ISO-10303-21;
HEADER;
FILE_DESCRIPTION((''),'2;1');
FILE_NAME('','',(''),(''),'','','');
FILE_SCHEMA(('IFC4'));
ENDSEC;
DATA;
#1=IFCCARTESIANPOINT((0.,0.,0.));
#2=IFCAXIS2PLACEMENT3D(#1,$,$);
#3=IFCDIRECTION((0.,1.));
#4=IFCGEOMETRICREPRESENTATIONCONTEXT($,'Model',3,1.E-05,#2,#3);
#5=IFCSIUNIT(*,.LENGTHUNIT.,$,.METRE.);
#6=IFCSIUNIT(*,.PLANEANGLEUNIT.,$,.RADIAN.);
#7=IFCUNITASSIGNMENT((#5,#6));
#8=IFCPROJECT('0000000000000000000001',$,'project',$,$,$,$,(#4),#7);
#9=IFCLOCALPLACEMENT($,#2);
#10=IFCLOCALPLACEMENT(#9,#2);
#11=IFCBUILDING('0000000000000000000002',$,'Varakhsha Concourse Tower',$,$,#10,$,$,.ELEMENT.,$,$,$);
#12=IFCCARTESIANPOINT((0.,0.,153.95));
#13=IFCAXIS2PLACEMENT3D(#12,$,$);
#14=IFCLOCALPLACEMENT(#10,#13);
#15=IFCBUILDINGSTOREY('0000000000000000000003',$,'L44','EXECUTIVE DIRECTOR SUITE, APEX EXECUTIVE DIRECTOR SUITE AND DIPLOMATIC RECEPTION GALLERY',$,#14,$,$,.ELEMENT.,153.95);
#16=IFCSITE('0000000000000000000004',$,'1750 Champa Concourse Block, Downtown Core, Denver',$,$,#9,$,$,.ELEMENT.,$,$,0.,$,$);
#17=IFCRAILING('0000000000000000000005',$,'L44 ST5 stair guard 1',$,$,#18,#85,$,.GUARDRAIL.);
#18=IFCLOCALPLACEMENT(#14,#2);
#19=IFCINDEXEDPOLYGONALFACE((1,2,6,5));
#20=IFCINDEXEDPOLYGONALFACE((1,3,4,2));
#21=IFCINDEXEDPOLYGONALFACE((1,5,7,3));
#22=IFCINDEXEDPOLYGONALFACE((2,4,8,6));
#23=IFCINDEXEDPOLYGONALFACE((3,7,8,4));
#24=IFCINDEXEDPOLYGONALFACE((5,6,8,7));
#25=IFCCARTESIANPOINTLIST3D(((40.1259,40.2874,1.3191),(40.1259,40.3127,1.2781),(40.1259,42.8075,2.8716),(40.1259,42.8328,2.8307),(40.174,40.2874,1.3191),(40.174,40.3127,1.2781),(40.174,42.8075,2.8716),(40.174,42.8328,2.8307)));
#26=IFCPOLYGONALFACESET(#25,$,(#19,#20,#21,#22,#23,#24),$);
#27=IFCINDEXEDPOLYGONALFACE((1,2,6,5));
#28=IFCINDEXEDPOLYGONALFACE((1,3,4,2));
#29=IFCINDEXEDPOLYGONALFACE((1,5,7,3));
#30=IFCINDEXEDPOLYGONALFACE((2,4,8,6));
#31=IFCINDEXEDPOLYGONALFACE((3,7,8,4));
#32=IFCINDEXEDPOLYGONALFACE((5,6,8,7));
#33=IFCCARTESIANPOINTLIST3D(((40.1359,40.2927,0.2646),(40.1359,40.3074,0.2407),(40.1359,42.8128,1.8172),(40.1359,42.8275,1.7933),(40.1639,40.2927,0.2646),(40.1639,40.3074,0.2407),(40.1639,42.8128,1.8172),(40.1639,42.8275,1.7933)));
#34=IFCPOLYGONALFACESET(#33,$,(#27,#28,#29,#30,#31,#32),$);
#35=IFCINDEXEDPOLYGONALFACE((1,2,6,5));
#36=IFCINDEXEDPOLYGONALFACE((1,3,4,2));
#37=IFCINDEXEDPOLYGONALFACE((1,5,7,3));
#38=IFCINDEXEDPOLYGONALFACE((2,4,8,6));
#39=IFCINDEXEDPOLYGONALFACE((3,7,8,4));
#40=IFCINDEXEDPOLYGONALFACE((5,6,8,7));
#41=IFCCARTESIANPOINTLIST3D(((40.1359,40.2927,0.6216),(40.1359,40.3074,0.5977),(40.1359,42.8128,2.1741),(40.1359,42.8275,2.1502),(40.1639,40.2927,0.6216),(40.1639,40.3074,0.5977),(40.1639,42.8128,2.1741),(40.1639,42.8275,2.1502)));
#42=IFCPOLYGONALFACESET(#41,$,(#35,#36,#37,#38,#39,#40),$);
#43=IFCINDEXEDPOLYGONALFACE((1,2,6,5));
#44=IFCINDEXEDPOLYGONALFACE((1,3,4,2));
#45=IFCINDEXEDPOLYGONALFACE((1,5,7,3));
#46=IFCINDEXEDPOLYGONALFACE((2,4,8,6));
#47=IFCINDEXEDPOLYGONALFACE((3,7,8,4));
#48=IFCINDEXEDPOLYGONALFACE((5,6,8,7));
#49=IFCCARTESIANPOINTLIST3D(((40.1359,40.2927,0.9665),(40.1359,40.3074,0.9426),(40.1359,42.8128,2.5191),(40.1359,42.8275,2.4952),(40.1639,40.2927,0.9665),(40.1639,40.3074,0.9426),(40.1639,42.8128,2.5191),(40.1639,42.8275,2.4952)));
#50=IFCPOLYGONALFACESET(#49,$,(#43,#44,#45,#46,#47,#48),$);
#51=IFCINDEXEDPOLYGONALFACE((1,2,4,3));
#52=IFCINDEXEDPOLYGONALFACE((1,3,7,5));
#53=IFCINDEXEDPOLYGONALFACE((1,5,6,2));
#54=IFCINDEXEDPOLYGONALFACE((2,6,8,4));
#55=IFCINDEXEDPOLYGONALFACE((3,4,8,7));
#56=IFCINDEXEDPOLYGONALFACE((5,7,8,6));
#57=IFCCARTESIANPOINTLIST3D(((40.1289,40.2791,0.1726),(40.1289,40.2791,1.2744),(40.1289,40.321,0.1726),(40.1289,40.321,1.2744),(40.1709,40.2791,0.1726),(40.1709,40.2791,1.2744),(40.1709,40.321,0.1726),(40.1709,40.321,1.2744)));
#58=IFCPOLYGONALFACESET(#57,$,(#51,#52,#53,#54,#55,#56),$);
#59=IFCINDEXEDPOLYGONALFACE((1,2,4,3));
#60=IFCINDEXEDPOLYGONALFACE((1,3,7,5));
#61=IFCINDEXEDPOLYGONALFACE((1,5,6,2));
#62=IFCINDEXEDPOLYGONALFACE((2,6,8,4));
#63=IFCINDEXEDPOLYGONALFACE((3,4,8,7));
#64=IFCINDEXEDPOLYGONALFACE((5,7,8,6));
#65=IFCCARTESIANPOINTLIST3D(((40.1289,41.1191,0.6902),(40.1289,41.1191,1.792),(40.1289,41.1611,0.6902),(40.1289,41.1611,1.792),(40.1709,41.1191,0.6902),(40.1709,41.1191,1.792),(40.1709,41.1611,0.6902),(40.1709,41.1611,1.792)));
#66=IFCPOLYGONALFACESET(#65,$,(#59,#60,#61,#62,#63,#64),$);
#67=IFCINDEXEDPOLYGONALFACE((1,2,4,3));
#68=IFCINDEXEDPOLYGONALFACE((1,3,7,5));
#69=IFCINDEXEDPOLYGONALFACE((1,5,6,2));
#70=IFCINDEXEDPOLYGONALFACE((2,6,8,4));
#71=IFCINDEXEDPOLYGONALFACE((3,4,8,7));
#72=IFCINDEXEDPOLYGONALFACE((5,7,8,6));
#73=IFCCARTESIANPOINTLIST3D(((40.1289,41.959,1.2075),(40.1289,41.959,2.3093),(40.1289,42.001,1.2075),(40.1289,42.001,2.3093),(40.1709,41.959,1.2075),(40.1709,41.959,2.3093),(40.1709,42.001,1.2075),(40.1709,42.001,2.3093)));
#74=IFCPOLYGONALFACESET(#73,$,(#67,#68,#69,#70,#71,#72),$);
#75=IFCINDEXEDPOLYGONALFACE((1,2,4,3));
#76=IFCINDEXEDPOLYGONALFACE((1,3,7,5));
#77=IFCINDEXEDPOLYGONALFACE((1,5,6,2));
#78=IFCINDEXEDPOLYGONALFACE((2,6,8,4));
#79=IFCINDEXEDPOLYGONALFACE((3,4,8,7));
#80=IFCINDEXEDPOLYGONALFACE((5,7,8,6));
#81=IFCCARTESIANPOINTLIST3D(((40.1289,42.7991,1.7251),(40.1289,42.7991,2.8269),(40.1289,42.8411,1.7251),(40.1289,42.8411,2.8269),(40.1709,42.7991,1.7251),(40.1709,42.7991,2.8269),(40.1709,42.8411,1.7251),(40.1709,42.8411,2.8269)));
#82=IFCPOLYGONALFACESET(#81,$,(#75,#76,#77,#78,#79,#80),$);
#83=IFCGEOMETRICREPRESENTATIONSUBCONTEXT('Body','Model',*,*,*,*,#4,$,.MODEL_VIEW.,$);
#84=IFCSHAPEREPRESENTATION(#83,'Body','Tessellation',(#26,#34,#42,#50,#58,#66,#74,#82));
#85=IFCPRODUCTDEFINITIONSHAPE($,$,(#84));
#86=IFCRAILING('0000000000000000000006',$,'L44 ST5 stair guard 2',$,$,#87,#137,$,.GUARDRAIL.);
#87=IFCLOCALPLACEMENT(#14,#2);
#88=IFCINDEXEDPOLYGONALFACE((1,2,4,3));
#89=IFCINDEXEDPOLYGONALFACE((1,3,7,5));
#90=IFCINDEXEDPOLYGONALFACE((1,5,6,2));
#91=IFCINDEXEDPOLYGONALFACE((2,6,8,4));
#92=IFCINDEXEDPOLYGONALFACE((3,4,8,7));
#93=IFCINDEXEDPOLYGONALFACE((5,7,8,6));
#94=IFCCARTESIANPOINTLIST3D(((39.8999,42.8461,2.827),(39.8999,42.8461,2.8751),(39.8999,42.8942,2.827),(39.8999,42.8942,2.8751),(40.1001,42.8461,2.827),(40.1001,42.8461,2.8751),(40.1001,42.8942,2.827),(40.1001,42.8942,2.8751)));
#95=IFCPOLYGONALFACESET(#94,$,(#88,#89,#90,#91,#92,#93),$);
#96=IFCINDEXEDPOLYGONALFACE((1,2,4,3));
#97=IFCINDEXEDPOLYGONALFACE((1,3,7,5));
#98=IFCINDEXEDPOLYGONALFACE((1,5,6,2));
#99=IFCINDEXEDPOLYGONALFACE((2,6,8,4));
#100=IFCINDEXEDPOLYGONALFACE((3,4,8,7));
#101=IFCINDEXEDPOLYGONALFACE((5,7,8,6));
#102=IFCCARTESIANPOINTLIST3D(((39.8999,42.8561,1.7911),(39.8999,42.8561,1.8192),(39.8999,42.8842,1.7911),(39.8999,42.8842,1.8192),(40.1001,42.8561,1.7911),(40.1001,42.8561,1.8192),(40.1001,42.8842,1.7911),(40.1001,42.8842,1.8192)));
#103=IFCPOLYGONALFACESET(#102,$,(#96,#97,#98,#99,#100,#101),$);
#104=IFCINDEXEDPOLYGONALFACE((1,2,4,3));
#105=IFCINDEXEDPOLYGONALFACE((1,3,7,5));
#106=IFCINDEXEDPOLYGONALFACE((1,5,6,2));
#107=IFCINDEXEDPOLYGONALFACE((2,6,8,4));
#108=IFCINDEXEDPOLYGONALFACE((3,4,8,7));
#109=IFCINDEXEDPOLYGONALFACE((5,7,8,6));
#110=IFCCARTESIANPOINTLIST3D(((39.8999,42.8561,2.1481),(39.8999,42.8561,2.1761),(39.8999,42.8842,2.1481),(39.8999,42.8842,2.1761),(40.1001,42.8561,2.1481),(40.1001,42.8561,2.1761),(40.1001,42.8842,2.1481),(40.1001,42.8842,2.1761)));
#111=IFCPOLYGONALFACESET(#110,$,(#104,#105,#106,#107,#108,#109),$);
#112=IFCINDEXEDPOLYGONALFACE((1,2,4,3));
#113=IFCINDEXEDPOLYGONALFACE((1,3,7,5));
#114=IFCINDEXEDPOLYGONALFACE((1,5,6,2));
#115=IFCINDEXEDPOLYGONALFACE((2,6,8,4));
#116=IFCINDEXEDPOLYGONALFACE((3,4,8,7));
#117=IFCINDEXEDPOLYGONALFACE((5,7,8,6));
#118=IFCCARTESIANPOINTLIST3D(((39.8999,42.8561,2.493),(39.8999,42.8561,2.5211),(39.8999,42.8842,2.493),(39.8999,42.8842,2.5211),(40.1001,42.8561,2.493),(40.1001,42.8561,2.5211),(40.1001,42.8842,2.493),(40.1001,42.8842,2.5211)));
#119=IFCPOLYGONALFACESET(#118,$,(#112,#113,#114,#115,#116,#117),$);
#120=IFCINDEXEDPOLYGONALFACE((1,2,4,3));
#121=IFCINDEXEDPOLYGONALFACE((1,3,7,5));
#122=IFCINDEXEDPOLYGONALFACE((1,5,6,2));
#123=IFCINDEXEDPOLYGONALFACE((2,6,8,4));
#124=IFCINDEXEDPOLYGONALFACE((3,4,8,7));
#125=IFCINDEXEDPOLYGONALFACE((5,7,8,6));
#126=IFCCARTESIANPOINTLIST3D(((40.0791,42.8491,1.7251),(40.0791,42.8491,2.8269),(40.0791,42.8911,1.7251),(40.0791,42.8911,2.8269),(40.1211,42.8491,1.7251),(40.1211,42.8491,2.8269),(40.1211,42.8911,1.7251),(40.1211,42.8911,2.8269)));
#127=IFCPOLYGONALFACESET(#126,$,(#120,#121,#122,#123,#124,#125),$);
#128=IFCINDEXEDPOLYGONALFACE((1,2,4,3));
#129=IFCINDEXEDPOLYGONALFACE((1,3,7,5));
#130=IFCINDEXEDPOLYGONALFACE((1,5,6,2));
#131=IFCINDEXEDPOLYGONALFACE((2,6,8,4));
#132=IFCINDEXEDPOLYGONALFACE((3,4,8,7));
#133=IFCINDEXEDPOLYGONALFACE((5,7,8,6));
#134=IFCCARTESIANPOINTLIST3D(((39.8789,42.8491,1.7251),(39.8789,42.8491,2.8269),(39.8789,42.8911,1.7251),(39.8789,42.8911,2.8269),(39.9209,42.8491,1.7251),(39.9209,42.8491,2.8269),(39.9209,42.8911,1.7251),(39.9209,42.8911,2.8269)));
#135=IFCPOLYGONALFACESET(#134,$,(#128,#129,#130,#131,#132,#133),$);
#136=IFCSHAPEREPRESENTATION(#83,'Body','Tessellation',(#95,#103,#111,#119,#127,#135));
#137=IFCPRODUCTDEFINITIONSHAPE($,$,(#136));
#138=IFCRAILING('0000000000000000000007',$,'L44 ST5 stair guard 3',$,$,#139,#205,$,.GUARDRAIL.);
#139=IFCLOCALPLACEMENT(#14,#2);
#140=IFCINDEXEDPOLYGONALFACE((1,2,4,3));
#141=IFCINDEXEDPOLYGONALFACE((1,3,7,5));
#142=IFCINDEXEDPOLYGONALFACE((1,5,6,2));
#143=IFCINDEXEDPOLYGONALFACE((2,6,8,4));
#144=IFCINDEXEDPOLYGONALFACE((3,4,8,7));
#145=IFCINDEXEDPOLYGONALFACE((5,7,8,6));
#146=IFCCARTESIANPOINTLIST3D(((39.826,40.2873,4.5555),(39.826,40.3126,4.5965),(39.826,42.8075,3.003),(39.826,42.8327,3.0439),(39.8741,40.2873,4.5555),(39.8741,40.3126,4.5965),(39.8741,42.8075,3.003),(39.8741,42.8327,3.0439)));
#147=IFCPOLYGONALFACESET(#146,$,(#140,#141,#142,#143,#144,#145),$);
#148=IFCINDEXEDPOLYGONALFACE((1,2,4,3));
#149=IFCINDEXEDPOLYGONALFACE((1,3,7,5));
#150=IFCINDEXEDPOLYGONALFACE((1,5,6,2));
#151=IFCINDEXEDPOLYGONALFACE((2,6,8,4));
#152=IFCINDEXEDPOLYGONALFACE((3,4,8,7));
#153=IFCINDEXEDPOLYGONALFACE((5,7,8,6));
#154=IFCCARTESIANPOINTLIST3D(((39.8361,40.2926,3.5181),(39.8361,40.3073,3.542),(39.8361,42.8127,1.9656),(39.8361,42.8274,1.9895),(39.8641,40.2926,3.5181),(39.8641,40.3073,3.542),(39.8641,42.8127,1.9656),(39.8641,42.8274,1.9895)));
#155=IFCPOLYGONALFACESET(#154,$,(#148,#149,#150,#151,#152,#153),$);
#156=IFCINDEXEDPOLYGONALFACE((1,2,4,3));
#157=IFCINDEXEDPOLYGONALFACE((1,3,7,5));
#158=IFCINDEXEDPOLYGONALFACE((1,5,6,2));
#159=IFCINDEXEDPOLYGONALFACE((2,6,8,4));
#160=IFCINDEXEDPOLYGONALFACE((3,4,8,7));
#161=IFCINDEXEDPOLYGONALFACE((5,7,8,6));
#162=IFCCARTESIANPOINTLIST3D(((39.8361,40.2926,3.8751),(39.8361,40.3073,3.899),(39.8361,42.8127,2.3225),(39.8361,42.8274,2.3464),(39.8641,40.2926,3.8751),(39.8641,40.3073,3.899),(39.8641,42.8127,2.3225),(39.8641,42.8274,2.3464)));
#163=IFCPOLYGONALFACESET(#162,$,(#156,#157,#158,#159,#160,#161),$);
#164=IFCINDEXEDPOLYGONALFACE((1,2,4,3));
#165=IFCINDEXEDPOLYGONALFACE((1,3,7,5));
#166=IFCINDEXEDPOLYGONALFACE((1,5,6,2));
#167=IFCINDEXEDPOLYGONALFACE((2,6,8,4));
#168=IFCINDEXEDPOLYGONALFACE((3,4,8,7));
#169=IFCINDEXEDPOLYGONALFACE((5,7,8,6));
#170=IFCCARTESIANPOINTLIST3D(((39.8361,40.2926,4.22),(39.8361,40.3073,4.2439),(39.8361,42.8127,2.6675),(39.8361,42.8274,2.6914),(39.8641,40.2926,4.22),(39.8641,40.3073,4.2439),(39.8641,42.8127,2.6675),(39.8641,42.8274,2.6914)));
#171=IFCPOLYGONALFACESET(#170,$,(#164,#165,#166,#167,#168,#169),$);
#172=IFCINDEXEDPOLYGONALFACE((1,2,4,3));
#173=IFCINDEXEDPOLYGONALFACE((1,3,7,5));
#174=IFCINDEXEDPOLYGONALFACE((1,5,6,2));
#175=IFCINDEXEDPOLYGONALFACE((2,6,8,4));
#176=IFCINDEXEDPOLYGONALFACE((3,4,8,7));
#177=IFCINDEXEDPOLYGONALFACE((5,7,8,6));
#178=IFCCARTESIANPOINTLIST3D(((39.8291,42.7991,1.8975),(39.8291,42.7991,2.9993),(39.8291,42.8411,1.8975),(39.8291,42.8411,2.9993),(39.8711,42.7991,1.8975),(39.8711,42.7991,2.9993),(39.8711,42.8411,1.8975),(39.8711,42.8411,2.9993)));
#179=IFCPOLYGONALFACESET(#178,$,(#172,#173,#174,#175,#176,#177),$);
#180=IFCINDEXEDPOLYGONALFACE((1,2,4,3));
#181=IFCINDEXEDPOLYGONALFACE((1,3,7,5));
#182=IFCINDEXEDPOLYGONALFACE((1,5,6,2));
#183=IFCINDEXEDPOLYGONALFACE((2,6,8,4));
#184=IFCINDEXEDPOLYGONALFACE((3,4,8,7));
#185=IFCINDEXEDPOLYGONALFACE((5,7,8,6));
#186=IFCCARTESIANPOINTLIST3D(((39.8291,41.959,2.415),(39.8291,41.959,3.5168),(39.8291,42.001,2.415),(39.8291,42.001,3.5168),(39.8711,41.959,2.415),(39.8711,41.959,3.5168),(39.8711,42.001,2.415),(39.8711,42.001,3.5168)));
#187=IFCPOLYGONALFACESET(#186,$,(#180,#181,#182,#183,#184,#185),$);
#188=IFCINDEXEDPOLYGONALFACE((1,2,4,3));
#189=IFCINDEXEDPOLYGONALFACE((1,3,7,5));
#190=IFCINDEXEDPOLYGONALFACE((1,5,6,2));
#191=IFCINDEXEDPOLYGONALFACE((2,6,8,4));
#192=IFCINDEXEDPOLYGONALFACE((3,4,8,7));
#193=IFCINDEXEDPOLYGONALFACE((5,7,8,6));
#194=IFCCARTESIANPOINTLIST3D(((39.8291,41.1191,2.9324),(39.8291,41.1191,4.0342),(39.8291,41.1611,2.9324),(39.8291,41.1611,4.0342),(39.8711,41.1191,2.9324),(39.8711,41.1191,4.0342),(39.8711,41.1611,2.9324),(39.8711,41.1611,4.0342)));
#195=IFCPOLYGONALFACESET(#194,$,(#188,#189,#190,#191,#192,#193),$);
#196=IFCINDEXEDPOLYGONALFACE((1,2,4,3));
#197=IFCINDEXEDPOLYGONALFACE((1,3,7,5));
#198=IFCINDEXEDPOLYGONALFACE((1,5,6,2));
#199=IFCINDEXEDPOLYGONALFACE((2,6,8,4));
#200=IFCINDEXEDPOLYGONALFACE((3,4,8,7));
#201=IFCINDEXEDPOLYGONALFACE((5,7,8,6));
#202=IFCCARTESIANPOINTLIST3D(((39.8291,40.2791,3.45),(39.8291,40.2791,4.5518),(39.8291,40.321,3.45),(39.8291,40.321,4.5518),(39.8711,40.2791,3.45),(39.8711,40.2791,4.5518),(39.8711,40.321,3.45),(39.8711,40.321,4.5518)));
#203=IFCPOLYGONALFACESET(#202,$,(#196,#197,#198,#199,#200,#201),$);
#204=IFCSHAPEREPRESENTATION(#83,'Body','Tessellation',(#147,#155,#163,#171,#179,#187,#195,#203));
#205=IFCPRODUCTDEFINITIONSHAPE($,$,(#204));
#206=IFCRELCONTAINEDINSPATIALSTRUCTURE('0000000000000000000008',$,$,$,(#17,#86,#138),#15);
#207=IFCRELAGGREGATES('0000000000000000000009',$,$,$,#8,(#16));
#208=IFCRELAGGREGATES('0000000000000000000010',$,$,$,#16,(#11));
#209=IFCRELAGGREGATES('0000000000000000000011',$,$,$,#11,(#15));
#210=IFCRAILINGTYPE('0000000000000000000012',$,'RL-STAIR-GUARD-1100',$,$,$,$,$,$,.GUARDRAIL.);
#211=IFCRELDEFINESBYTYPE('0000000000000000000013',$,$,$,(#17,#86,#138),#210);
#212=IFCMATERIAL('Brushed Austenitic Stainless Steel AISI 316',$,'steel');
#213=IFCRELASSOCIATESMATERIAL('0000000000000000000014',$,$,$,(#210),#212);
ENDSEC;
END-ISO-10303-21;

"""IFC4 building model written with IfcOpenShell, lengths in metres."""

from ifc_helpers import new_model, si_unit, direction, frame, origin, origin_2d, place, context, subcontext, project, spatial, rectangle, extrude, material, type_object, element, save


model = new_model("IFC4")

# Units and contexts
model_context = context("Model", 3, precision=1e-05, world=origin(), true_north=direction((0.0, 1.0)))
body_context = subcontext(model_context, "Body", "Model", "MODEL_VIEW")
ifc_project = project(units=[si_unit("LENGTHUNIT", "METRE"), si_unit("PLANEANGLEUNIT", "RADIAN")], contexts=[model_context])

# Site, building, storey
site_placement = place(None, origin())
site = spatial("IfcSite", under=ifc_project, at=site_placement, Name="1750 Champa Concourse Block, Downtown Core, Denver", CompositionType="ELEMENT", RefElevation=0.0)
building_placement = place(site_placement, origin())
building = spatial("IfcBuilding", under=site, at=building_placement, Name="Varakhsha Concourse Tower", CompositionType="ELEMENT")
storey_placement = place(building_placement, frame((0.0, 0.0, 153.95)))
storey = spatial("IfcBuildingStorey", under=building, at=storey_placement, Name="L44", Description="EXECUTIVE DIRECTOR SUITE, APEX EXECUTIVE DIRECTOR SUITE AND DIPLOMATIC RECEPTION GALLERY", CompositionType="ELEMENT", Elevation=153.95)

# Railings
ifc_material_1 = material(Name="Brushed Austenitic Stainless Steel AISI 316", Category="steel")
railing_type_1 = type_object("IfcRailingType", Name="RL-STAIR-GUARD-1100", PredefinedType="GUARDRAIL", material=ifc_material_1)
railing_1_placement = place(storey_placement, frame((40.1499, 40.3, 0.1726)))
element("IfcRailing", 1, at=railing_1_placement, inside=storey, type_object=railing_type_1, Name="L44 ST5 stair guard 1", PredefinedType="GUARDRAIL", context=body_context, shape_type="SweptSolid", body=[
    extrude(rectangle(XDim=0.0481, YDim=0.0481, at=origin_2d()), frame((0.0, 0.0, 1.126), z_axis=(0.0, 0.8514, 0.524516), x_axis=(-1.0, 0.0, 0.0)), (0.0, 0.0, 1.0), 2.96),
    extrude(rectangle(XDim=0.0281, YDim=0.0281, at=origin_2d()), frame((0.0, 0.0, 0.0801), z_axis=(0.0, 0.8514, 0.524516), x_axis=(-1.0, 0.0, 0.0)), (0.0, 0.0, 1.0), 2.96),
    extrude(rectangle(XDim=0.0281, YDim=0.0281, at=origin_2d()), frame((0.0, 0.0, 0.437), z_axis=(0.0, 0.8514, 0.524516), x_axis=(-1.0, 0.0, 0.0)), (0.0, 0.0, 1.0), 2.96),
    extrude(rectangle(XDim=0.0281, YDim=0.0281, at=origin_2d()), frame((0.0, 0.0, 0.782), z_axis=(0.0, 0.8514, 0.524516), x_axis=(-1.0, 0.0, 0.0)), (0.0, 0.0, 1.0), 2.96),
    extrude(rectangle(XDim=0.042, YDim=0.042, at=origin_2d()), origin(), (0.0, 0.0, 1.0), 1.1018),
    extrude(rectangle(XDim=0.042, YDim=0.042, at=origin_2d()), frame((0.0, 0.8401, 0.5176)), (0.0, 0.0, 1.0), 1.1018),
    extrude(rectangle(XDim=0.042, YDim=0.042, at=origin_2d()), frame((0.0, 1.6799, 1.0349)), (0.0, 0.0, 1.0), 1.1018),
    extrude(rectangle(XDim=0.042, YDim=0.042, at=origin_2d()), frame((0.0, 2.52, 1.5525)), (0.0, 0.0, 1.0), 1.1018),
])
railing_2_placement = place(storey_placement, frame((40.1001, 42.8701, 1.7251)))
element("IfcRailing", 2, at=railing_2_placement, inside=storey, type_object=railing_type_1, Name="L44 ST5 stair guard 2", PredefinedType="GUARDRAIL", context=body_context, shape_type="SweptSolid", body=[
    extrude(rectangle(XDim=0.0481, YDim=0.0481, at=origin_2d()), frame((0.0, 0.0, 1.126), z_axis=(-1.0, 0.0, 0.0), x_axis=(0.0, -1.0, 0.0)), (0.0, 0.0, 1.0), 0.2002),
    extrude(rectangle(XDim=0.0281, YDim=0.0281, at=origin_2d()), frame((0.0, 0.0, 0.0801), z_axis=(-1.0, 0.0, 0.0), x_axis=(0.0, -1.0, 0.0)), (0.0, 0.0, 1.0), 0.2002),
    extrude(rectangle(XDim=0.0281, YDim=0.0281, at=origin_2d()), frame((0.0, 0.0, 0.437), z_axis=(-1.0, 0.0, 0.0), x_axis=(0.0, -1.0, 0.0)), (0.0, 0.0, 1.0), 0.2002),
    extrude(rectangle(XDim=0.0281, YDim=0.0281, at=origin_2d()), frame((0.0, 0.0, 0.782), z_axis=(-1.0, 0.0, 0.0), x_axis=(0.0, -1.0, 0.0)), (0.0, 0.0, 1.0), 0.2002),
    extrude(rectangle(XDim=0.042, YDim=0.042, at=origin_2d()), origin(), (0.0, 0.0, 1.0), 1.1018),
    extrude(rectangle(XDim=0.042, YDim=0.042, at=origin_2d()), frame((-0.2002, 0.0, 0.0)), (0.0, 0.0, 1.0), 1.1018),
])
railing_3_placement = place(storey_placement, frame((39.8501, 42.8201, 1.8975)))
element("IfcRailing", 3, at=railing_3_placement, inside=storey, type_object=railing_type_1, Name="L44 ST5 stair guard 3", PredefinedType="GUARDRAIL", context=body_context, shape_type="SweptSolid", body=[
    extrude(rectangle(XDim=0.0481, YDim=0.0481, at=origin_2d()), frame((0.0, 0.0, 1.126), z_axis=(0.0, -0.8514, 0.524516), x_axis=(1.0, 0.0, 0.0)), (0.0, 0.0, 1.0), 2.96),
    extrude(rectangle(XDim=0.0281, YDim=0.0281, at=origin_2d()), frame((0.0, 0.0, 0.0801), z_axis=(0.0, -0.8514, 0.524516), x_axis=(1.0, 0.0, 0.0)), (0.0, 0.0, 1.0), 2.96),
    extrude(rectangle(XDim=0.0281, YDim=0.0281, at=origin_2d()), frame((0.0, 0.0, 0.437), z_axis=(0.0, -0.8514, 0.524516), x_axis=(1.0, 0.0, 0.0)), (0.0, 0.0, 1.0), 2.96),
    extrude(rectangle(XDim=0.0281, YDim=0.0281, at=origin_2d()), frame((0.0, 0.0, 0.782), z_axis=(0.0, -0.8514, 0.524516), x_axis=(1.0, 0.0, 0.0)), (0.0, 0.0, 1.0), 2.96),
    extrude(rectangle(XDim=0.042, YDim=0.042, at=origin_2d()), origin(), (0.0, 0.0, 1.0), 1.1018),
    extrude(rectangle(XDim=0.042, YDim=0.042, at=origin_2d()), frame((0.0, -0.8401, 0.5176)), (0.0, 0.0, 1.0), 1.1018),
    extrude(rectangle(XDim=0.042, YDim=0.042, at=origin_2d()), frame((0.0, -1.6799, 1.0349)), (0.0, 0.0, 1.0), 1.1018),
    extrude(rectangle(XDim=0.042, YDim=0.042, at=origin_2d()), frame((0.0, -2.52, 1.5525)), (0.0, 0.0, 1.0), 1.1018),
])

save(model, "model.ifc")
